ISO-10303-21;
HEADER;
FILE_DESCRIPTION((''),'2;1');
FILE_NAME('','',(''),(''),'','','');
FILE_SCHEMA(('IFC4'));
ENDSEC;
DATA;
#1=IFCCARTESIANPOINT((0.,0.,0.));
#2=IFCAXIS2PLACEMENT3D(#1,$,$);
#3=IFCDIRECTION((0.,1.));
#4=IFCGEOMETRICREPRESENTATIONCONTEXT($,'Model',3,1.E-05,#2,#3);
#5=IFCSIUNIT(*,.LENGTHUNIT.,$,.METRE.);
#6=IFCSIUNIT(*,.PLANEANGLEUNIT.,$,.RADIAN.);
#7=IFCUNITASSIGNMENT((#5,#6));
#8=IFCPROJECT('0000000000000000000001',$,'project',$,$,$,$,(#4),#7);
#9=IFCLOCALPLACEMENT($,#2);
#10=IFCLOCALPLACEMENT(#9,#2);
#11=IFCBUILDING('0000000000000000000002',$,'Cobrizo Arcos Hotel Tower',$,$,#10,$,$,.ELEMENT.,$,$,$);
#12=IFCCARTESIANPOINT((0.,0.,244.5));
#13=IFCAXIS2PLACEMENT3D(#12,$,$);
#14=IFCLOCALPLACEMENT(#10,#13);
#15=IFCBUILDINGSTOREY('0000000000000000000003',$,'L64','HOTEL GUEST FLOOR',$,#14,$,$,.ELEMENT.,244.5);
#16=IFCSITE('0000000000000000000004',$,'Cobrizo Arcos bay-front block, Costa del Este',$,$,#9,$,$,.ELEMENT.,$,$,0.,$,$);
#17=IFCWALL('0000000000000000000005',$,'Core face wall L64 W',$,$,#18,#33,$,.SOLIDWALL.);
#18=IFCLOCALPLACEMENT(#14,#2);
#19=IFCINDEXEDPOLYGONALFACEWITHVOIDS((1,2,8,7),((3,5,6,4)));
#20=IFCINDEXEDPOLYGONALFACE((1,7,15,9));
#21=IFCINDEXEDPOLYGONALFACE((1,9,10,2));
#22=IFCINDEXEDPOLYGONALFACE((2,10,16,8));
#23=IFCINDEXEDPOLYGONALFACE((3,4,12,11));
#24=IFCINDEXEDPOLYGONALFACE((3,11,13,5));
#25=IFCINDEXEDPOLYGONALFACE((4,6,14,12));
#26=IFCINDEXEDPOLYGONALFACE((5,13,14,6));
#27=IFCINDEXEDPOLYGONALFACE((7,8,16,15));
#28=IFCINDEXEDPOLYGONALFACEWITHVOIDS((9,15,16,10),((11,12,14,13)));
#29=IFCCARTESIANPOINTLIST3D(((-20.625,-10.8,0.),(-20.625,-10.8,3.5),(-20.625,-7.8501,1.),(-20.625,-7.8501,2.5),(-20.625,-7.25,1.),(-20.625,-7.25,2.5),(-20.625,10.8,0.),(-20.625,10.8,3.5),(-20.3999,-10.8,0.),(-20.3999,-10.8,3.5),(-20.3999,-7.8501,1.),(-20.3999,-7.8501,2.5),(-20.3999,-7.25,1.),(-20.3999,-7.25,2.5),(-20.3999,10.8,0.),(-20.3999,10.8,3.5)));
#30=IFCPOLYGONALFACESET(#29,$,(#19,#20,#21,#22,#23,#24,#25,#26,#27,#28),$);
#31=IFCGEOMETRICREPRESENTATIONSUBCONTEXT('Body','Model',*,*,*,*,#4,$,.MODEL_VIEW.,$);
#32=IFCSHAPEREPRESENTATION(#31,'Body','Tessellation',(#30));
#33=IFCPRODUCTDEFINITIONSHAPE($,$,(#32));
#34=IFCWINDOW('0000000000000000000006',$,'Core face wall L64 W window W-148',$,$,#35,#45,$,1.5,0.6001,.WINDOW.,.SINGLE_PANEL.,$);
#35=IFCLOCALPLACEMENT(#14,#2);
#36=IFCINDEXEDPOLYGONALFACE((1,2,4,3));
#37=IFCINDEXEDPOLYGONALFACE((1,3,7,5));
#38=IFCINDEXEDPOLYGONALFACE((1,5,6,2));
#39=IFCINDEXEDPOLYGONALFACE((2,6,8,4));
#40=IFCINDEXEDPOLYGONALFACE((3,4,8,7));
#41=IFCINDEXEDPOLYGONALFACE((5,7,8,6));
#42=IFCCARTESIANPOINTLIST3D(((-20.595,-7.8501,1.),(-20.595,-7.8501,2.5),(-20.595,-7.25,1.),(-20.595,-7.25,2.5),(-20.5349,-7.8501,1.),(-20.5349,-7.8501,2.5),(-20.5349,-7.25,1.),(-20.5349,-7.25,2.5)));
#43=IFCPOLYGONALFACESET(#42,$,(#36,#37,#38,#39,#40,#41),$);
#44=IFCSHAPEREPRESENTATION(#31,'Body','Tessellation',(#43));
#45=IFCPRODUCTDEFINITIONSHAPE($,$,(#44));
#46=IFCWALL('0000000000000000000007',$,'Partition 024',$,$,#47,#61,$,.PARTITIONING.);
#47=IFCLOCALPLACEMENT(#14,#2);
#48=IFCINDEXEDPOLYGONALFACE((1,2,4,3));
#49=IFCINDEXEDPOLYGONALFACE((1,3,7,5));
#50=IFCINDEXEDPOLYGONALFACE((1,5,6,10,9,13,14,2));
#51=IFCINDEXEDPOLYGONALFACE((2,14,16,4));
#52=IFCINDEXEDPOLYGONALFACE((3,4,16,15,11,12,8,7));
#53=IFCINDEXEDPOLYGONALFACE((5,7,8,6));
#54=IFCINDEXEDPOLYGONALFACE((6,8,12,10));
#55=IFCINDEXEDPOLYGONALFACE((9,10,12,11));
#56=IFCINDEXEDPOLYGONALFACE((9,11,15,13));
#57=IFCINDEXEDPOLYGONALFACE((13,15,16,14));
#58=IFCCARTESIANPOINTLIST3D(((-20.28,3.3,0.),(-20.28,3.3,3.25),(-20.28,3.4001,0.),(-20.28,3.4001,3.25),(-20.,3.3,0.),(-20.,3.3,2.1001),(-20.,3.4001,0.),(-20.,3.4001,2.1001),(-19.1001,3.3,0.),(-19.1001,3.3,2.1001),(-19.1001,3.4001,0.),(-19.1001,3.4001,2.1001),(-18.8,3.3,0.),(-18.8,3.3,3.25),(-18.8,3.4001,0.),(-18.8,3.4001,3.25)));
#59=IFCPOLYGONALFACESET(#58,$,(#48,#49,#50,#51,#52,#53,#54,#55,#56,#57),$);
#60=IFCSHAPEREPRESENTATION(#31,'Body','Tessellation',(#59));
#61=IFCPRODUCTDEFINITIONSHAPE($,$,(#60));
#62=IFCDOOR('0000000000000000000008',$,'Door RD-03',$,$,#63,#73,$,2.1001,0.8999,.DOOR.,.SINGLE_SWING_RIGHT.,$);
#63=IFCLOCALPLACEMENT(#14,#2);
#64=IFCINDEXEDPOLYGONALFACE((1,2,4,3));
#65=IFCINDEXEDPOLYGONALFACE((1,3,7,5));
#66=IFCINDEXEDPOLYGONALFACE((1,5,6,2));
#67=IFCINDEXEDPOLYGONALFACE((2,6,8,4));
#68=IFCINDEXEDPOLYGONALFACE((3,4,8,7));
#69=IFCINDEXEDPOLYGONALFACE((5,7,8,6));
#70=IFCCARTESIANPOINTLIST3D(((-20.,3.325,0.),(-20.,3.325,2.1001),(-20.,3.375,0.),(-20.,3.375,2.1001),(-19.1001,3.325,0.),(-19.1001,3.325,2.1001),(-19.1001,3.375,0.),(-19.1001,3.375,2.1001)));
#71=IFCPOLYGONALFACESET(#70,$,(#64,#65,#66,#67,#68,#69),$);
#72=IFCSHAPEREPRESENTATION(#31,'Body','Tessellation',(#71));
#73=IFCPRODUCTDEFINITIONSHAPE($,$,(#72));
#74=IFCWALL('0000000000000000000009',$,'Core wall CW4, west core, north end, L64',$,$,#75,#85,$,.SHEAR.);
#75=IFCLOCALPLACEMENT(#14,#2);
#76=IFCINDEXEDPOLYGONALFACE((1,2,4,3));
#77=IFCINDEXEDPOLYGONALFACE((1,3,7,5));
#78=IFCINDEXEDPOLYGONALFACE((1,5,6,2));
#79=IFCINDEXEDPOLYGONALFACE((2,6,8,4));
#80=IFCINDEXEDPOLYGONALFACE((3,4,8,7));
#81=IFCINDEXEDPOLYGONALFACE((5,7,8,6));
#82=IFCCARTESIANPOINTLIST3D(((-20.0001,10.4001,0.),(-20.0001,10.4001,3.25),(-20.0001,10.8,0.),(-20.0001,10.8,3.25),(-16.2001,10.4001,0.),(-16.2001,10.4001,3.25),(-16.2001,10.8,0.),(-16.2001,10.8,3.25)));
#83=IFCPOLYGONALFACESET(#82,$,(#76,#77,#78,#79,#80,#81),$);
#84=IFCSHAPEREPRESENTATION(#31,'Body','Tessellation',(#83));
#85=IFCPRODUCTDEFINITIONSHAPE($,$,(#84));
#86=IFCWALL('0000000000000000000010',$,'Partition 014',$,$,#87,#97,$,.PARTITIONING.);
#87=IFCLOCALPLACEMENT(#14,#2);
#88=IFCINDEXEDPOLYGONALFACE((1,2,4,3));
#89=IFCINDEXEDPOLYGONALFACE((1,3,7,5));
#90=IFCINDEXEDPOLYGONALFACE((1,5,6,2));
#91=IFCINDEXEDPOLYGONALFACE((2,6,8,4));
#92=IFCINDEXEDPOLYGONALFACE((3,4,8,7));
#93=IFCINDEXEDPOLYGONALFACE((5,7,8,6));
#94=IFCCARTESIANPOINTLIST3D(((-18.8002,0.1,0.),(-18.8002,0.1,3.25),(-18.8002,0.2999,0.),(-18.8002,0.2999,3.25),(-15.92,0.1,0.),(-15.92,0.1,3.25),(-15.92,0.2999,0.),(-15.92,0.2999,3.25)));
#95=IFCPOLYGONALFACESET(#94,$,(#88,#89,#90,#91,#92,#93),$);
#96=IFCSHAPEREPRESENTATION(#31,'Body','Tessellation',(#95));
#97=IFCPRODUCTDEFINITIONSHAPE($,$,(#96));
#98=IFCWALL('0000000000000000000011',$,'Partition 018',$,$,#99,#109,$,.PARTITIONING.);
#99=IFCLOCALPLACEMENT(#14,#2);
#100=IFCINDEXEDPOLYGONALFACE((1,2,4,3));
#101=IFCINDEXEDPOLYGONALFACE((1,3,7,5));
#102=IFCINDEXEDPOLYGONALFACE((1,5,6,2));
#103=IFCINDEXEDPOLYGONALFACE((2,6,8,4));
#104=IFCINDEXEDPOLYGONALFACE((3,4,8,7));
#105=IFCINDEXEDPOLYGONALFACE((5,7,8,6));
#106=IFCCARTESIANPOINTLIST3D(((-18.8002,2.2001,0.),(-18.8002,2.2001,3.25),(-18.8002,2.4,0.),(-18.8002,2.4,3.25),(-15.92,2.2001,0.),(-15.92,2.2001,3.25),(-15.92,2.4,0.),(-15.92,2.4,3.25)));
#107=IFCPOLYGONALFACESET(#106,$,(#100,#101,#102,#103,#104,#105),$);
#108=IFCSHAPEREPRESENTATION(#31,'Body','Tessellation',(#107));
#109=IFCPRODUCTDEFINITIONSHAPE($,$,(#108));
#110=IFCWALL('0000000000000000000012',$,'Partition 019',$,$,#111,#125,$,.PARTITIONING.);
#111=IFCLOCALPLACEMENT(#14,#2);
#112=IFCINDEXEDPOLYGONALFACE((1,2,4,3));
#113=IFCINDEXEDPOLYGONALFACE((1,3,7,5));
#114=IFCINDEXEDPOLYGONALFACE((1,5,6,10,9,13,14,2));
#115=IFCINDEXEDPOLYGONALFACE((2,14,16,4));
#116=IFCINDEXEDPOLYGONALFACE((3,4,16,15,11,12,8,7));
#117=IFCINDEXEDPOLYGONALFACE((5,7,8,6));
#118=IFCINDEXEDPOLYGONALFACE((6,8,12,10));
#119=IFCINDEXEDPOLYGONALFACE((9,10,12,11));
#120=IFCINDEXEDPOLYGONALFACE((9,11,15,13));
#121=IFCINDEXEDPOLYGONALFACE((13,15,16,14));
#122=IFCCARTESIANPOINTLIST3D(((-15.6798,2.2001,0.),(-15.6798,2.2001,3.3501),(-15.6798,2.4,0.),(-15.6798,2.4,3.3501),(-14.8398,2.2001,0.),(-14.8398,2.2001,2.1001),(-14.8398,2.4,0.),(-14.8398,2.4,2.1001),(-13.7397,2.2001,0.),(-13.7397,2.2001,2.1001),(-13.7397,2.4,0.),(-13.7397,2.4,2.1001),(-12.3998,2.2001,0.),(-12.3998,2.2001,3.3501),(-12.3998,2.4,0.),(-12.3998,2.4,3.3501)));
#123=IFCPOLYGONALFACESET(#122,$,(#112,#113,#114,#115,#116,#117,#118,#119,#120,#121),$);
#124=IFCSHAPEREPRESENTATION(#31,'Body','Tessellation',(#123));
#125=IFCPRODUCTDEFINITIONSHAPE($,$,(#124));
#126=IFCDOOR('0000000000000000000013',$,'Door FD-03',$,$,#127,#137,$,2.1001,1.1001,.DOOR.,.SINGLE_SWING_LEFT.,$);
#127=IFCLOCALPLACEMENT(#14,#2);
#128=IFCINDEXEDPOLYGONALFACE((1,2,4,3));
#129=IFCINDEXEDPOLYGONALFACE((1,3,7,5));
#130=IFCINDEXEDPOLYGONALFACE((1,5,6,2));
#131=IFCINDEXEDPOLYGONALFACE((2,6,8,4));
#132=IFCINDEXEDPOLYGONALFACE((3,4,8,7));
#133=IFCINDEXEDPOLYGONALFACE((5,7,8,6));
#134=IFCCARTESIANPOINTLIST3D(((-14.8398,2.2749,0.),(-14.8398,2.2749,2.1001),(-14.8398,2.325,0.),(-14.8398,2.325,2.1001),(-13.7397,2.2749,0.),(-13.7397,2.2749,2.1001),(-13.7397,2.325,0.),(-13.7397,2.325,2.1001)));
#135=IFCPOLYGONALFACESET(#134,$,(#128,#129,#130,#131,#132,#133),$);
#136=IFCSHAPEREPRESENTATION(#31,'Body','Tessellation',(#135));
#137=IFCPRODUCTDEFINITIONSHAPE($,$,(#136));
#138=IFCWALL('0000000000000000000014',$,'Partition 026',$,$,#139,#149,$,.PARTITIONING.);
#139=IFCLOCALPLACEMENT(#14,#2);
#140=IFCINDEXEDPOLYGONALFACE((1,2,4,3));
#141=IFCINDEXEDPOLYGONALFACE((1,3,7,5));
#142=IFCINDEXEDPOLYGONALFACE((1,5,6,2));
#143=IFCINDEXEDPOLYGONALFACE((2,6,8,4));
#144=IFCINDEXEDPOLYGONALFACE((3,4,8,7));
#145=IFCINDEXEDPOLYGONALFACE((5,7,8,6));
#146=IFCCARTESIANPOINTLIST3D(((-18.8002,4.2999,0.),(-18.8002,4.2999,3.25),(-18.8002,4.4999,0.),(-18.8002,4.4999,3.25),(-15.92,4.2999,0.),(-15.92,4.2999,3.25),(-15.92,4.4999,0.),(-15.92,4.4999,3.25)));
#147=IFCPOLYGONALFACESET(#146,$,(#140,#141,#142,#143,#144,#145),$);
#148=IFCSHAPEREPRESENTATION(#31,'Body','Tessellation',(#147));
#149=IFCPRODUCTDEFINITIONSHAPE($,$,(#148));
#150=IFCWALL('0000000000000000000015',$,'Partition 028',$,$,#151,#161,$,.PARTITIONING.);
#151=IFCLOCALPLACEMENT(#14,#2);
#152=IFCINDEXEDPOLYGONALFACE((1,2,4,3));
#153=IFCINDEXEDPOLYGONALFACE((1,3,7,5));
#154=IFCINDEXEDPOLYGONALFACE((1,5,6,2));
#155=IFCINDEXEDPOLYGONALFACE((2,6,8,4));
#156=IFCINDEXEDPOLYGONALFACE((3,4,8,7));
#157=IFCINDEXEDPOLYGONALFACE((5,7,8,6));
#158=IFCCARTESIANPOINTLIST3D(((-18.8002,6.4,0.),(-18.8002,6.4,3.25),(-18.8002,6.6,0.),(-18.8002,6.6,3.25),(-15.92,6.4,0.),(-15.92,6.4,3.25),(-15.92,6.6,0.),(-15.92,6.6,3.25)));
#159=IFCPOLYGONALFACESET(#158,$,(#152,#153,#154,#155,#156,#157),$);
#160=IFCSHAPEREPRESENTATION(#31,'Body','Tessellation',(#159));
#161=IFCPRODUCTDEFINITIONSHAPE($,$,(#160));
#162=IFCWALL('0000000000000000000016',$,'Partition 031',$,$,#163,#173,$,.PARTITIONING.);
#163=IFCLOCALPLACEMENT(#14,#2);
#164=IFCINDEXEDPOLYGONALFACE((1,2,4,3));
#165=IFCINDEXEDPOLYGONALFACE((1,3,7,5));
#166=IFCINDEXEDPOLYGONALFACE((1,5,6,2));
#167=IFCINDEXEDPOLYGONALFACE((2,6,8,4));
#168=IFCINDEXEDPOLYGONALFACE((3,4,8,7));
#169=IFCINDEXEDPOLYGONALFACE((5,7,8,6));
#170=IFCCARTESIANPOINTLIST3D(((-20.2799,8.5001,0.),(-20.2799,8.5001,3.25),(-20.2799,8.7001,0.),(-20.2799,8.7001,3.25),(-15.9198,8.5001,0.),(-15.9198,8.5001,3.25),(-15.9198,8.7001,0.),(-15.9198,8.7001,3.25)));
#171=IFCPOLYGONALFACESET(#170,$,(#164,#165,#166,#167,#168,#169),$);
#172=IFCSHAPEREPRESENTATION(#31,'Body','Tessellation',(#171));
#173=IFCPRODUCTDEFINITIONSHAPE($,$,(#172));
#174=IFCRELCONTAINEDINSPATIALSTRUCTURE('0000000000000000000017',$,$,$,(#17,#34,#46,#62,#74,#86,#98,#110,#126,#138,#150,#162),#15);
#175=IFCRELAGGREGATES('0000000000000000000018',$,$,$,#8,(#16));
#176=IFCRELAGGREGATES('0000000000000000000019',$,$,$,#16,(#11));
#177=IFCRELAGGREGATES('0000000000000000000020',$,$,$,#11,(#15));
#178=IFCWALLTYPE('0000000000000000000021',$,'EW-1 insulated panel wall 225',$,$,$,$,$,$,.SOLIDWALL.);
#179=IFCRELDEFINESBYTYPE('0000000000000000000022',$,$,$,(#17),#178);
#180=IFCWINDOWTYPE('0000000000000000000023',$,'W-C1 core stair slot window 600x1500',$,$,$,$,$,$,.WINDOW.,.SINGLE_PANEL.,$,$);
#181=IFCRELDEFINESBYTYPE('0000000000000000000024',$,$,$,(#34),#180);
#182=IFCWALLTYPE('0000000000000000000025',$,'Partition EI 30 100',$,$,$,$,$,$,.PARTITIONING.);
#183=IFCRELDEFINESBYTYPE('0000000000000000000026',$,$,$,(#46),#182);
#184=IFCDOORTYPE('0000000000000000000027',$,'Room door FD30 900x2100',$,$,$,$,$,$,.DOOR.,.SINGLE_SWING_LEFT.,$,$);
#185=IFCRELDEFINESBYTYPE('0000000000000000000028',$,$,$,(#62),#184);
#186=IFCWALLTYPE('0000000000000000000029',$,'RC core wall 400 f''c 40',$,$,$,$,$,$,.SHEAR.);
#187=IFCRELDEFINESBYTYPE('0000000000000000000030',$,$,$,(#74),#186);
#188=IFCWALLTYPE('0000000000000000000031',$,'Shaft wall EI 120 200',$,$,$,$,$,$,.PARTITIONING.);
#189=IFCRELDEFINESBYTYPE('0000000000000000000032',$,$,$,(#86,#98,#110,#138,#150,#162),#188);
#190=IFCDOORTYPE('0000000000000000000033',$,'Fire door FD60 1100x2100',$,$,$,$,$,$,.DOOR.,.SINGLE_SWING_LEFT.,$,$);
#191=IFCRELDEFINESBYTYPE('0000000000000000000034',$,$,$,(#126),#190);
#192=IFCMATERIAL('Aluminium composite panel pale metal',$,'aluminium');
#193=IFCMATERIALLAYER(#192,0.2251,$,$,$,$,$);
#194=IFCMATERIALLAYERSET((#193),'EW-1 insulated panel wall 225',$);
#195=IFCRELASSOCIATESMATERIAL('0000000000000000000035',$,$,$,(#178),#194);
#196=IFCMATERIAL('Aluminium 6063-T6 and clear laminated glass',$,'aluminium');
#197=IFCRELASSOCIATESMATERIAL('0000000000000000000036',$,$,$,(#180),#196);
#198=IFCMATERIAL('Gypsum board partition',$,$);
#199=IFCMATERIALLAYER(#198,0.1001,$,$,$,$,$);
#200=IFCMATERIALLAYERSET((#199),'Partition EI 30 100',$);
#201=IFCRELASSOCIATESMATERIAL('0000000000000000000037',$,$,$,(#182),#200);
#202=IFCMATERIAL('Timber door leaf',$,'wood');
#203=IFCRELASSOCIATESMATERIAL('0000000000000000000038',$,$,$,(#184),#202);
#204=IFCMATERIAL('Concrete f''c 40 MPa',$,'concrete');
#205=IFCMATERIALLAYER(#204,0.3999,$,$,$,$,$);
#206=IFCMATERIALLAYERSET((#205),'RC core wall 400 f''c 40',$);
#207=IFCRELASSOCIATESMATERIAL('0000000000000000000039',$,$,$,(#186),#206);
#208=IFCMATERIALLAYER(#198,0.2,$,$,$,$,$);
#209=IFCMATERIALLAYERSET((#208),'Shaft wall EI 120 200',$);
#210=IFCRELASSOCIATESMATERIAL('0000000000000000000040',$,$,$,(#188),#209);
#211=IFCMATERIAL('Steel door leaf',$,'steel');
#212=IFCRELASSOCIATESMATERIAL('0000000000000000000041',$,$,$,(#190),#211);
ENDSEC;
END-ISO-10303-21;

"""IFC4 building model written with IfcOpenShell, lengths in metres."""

from ifc_helpers import new_model, si_unit, direction, frame, frame_2d, origin, place, context, subcontext, project, spatial, rectangle, extrude, material, layer, layer_set, type_object, element, fill, save


model = new_model("IFC4")

# Units and contexts
model_context = context("Model", 3, precision=1e-05, world=origin(), true_north=direction((0.0, 1.0)))
body_context = subcontext(model_context, "Body", "Model", "MODEL_VIEW")
ifc_project = project(units=[si_unit("LENGTHUNIT", "METRE"), si_unit("PLANEANGLEUNIT", "RADIAN")], contexts=[model_context])

# Site, building, storey
site_placement = place(None, origin())
site = spatial("IfcSite", under=ifc_project, at=site_placement, Name="Cobrizo Arcos bay-front block, Costa del Este", CompositionType="ELEMENT", RefElevation=0.0)
building_placement = place(site_placement, origin())
building = spatial("IfcBuilding", under=site, at=building_placement, Name="Cobrizo Arcos Hotel Tower", CompositionType="ELEMENT")
storey_placement = place(building_placement, frame((0.0, 0.0, 244.5)))
storey = spatial("IfcBuildingStorey", under=building, at=storey_placement, Name="L64", Description="HOTEL GUEST FLOOR", CompositionType="ELEMENT", Elevation=244.5)

# Shared definitions
ifc_material_1 = material(Name="Gypsum board partition")

# Wall, opening, window
ifc_material_2 = material(Name="Aluminium composite panel pale metal", Category="aluminium")
ifc_layer_1 = layer(ifc_material_2, 0.2251)
ifc_layer_set_1 = layer_set([ifc_layer_1], Name="EW-1 insulated panel wall 225")
wall_type_1 = type_object("IfcWallType", Name="EW-1 insulated panel wall 225", PredefinedType="SOLIDWALL", material=ifc_layer_set_1)
wall_1_placement = place(storey_placement, frame((-20.5125, 10.8, 0.0), z_axis=(0.0, 0.0, 1.0), x_axis=(0.0, -1.0, 0.0)))
wall_1 = element("IfcWall", 1, at=wall_1_placement, inside=storey, type_object=wall_type_1, Name="Core face wall L64 W", PredefinedType="SOLIDWALL", context=body_context, shape_type="SweptSolid", body=[
    extrude(rectangle(XDim=21.6001, YDim=0.2251, at=frame_2d((10.8, 0.0))), origin(), (0.0, 0.0, 1.0), 3.5),
])
opening_1_placement = place(wall_1_placement, frame((18.05, 0.0, 1.0)))
opening_1 = element("IfcOpeningElement", 2, at=opening_1_placement, cuts=wall_1, PredefinedType="OPENING", context=body_context, shape_type="SweptSolid", body=[
    extrude(rectangle(XDim=0.6001, YDim=1.5, at=frame_2d((0.3, 0.75))), frame((0.0, 0.1245, 0.0), z_axis=(0.0, -1.0, 0.0), x_axis=(1.0, 0.0, 0.0)), (0.0, 0.0, 1.0), 0.249),
])
ifc_material_3 = material(Name="Aluminium 6063-T6 and clear laminated glass", Category="aluminium")
window_type = type_object("IfcWindowType", Name="W-C1 core stair slot window 600x1500", PartitioningType="SINGLE_PANEL", PredefinedType="WINDOW", material=ifc_material_3)
window_placement = place(opening_1_placement, origin())
window = element("IfcWindow", 3, at=window_placement, inside=storey, type_object=window_type, Name="Core face wall L64 W window W-148", OverallHeight=1.5, OverallWidth=0.6001, PartitioningType="SINGLE_PANEL", PredefinedType="WINDOW", context=body_context, shape_type="SweptSolid", body=[
    extrude(rectangle(XDim=0.6001, YDim=1.5, at=frame_2d((0.3, 0.75))), frame((0.0, -0.0225, 0.0), z_axis=(0.0, -1.0, 0.0), x_axis=(1.0, 0.0, 0.0)), (0.0, 0.0, 1.0), 0.0601),
])
fill(opening_1, window)

# Wall, opening, door
ifc_layer_2 = layer(ifc_material_1, 0.1001)
ifc_layer_set_2 = layer_set([ifc_layer_2], Name="Partition EI 30 100")
wall_type_2 = type_object("IfcWallType", Name="Partition EI 30 100", PredefinedType="PARTITIONING", material=ifc_layer_set_2)
wall_2_placement = place(storey_placement, frame((-20.28, 3.3501, 0.0), z_axis=(0.0, 0.0, 1.0), x_axis=(1.0, 0.0, 0.0)))
wall_2 = element("IfcWall", 4, at=wall_2_placement, inside=storey, type_object=wall_type_2, Name="Partition 024", PredefinedType="PARTITIONING", context=body_context, shape_type="SweptSolid", body=[
    extrude(rectangle(XDim=1.48, YDim=0.1001, at=frame_2d((0.74, 0.0))), origin(), (0.0, 0.0, 1.0), 3.25),
])
opening_2_placement = place(wall_2_placement, frame((0.28, 0.0, 0.0)))
opening_2 = element("IfcOpeningElement", 5, at=opening_2_placement, cuts=wall_2, PredefinedType="OPENING", context=body_context, shape_type="SweptSolid", body=[
    extrude(rectangle(XDim=0.8999, YDim=2.1001, at=frame_2d((0.45, 1.05))), frame((0.0, 0.062, 0.0), z_axis=(0.0, -1.0, 0.0), x_axis=(1.0, 0.0, 0.0)), (0.0, 0.0, 1.0), 0.124),
])
ifc_material_4 = material(Name="Timber door leaf", Category="wood")
door_type_1 = type_object("IfcDoorType", Name="Room door FD30 900x2100", OperationType="SINGLE_SWING_LEFT", PredefinedType="DOOR", material=ifc_material_4)
door_1_placement = place(opening_2_placement, origin())
door_1 = element("IfcDoor", 6, at=door_1_placement, inside=storey, type_object=door_type_1, Name="Door RD-03", OperationType="SINGLE_SWING_RIGHT", OverallHeight=2.1001, OverallWidth=0.8999, PredefinedType="DOOR", context=body_context, shape_type="SweptSolid", body=[
    extrude(rectangle(XDim=0.8999, YDim=2.1001, at=frame_2d((0.45, 1.05))), frame((0.0, 0.0249, 0.0), z_axis=(0.0, -1.0, 0.0), x_axis=(1.0, 0.0, 0.0)), (0.0, 0.0, 1.0), 0.05),
])
fill(opening_2, door_1)

# Walls
ifc_material_5 = material(Name="Concrete f'c 40 MPa", Category="concrete")
ifc_layer_3 = layer(ifc_material_5, 0.3999)
ifc_layer_set_3 = layer_set([ifc_layer_3], Name="RC core wall 400 f'c 40")
wall_type_3 = type_object("IfcWallType", Name="RC core wall 400 f'c 40", PredefinedType="SHEAR", material=ifc_layer_set_3)
wall_3_placement = place(storey_placement, frame((-20.0, 10.6001, 0.0), z_axis=(0.0, 0.0, 1.0), x_axis=(1.0, 0.0, 0.0)))
element("IfcWall", 7, at=wall_3_placement, inside=storey, type_object=wall_type_3, Name="Core wall CW4, west core, north end, L64", PredefinedType="SHEAR", context=body_context, shape_type="SweptSolid", body=[
    extrude(rectangle(XDim=3.8, YDim=0.3999, at=frame_2d((1.8999, 0.0))), origin(), (0.0, 0.0, 1.0), 3.25),
])
ifc_layer_4 = layer(ifc_material_1, 0.2)
ifc_layer_set_4 = layer_set([ifc_layer_4], Name="Shaft wall EI 120 200")
wall_type_4 = type_object("IfcWallType", Name="Shaft wall EI 120 200", PredefinedType="PARTITIONING", material=ifc_layer_set_4)
for number, where, z_axis, x_axis, name in (
    (8, (-18.8, 0.2, 0.0), (0.0, 0.0, 1.0), (1.0, 0.0, 0.0), "Partition 014"),
    (9, (-18.8, 2.3, 0.0), (0.0, 0.0, 1.0), (1.0, 0.0, 0.0), "Partition 018"),
):
    element("IfcWall", number, at=place(storey_placement, frame(where, z_axis=z_axis, x_axis=x_axis)), inside=storey, type_object=wall_type_4, Name=name, PredefinedType="PARTITIONING", context=body_context, shape_type="SweptSolid", body=[
        extrude(rectangle(XDim=2.8801, YDim=0.2, at=frame_2d((1.4399, 0.0))), origin(), (0.0, 0.0, 1.0), 3.25),
    ])

# Wall, opening, door
wall_4_placement = place(storey_placement, frame((-15.6799, 2.3, 0.0), z_axis=(0.0, 0.0, 1.0), x_axis=(1.0, 0.0, 0.0)))
wall_4 = element("IfcWall", 10, at=wall_4_placement, inside=storey, type_object=wall_type_4, Name="Partition 019", PredefinedType="PARTITIONING", context=body_context, shape_type="SweptSolid", body=[
    extrude(rectangle(XDim=3.28, YDim=0.2, at=frame_2d((1.6401, 0.0))), origin(), (0.0, 0.0, 1.0), 3.3501),
])
opening_3_placement = place(wall_4_placement, frame((0.8401, 0.0, 0.0)))
opening_3 = element("IfcOpeningElement", 11, at=opening_3_placement, cuts=wall_4, PredefinedType="OPENING", context=body_context, shape_type="SweptSolid", body=[
    extrude(rectangle(XDim=1.1001, YDim=2.1001, at=frame_2d((0.55, 1.05))), frame((0.0, 0.1121, 0.0), z_axis=(0.0, -1.0, 0.0), x_axis=(1.0, 0.0, 0.0)), (0.0, 0.0, 1.0), 0.2239),
])
ifc_material_6 = material(Name="Steel door leaf", Category="steel")
door_type_2 = type_object("IfcDoorType", Name="Fire door FD60 1100x2100", OperationType="SINGLE_SWING_LEFT", PredefinedType="DOOR", material=ifc_material_6)
door_2_placement = place(opening_3_placement, origin())
door_2 = element("IfcDoor", 12, at=door_2_placement, inside=storey, type_object=door_type_2, Name="Door FD-03", OperationType="SINGLE_SWING_LEFT", OverallHeight=2.1001, OverallWidth=1.1001, PredefinedType="DOOR", context=body_context, shape_type="SweptSolid", body=[
    extrude(rectangle(XDim=1.1001, YDim=2.1001, at=frame_2d((0.55, 1.05))), frame((0.0, 0.0249, 0.0), z_axis=(0.0, -1.0, 0.0), x_axis=(1.0, 0.0, 0.0)), (0.0, 0.0, 1.0), 0.05),
])
fill(opening_3, door_2)

# Walls
for number, where, z_axis, x_axis, name in (
    (13, (-18.8, 4.3999, 0.0), (0.0, 0.0, 1.0), (1.0, 0.0, 0.0), "Partition 026"),
    (14, (-18.8, 6.5, 0.0), (0.0, 0.0, 1.0), (1.0, 0.0, 0.0), "Partition 028"),
):
    element("IfcWall", number, at=place(storey_placement, frame(where, z_axis=z_axis, x_axis=x_axis)), inside=storey, type_object=wall_type_4, Name=name, PredefinedType="PARTITIONING", context=body_context, shape_type="SweptSolid", body=[
        extrude(rectangle(XDim=2.8801, YDim=0.2, at=frame_2d((1.4399, 0.0))), origin(), (0.0, 0.0, 1.0), 3.25),
    ])
wall_5_placement = place(storey_placement, frame((-20.28, 8.6001, 0.0), z_axis=(0.0, 0.0, 1.0), x_axis=(1.0, 0.0, 0.0)))
element("IfcWall", 15, at=wall_5_placement, inside=storey, type_object=wall_type_4, Name="Partition 031", PredefinedType="PARTITIONING", context=body_context, shape_type="SweptSolid", body=[
    extrude(rectangle(XDim=4.3601, YDim=0.2, at=frame_2d((2.1802, 0.0))), origin(), (0.0, 0.0, 1.0), 3.25),
])

save(model, "model.ifc")
